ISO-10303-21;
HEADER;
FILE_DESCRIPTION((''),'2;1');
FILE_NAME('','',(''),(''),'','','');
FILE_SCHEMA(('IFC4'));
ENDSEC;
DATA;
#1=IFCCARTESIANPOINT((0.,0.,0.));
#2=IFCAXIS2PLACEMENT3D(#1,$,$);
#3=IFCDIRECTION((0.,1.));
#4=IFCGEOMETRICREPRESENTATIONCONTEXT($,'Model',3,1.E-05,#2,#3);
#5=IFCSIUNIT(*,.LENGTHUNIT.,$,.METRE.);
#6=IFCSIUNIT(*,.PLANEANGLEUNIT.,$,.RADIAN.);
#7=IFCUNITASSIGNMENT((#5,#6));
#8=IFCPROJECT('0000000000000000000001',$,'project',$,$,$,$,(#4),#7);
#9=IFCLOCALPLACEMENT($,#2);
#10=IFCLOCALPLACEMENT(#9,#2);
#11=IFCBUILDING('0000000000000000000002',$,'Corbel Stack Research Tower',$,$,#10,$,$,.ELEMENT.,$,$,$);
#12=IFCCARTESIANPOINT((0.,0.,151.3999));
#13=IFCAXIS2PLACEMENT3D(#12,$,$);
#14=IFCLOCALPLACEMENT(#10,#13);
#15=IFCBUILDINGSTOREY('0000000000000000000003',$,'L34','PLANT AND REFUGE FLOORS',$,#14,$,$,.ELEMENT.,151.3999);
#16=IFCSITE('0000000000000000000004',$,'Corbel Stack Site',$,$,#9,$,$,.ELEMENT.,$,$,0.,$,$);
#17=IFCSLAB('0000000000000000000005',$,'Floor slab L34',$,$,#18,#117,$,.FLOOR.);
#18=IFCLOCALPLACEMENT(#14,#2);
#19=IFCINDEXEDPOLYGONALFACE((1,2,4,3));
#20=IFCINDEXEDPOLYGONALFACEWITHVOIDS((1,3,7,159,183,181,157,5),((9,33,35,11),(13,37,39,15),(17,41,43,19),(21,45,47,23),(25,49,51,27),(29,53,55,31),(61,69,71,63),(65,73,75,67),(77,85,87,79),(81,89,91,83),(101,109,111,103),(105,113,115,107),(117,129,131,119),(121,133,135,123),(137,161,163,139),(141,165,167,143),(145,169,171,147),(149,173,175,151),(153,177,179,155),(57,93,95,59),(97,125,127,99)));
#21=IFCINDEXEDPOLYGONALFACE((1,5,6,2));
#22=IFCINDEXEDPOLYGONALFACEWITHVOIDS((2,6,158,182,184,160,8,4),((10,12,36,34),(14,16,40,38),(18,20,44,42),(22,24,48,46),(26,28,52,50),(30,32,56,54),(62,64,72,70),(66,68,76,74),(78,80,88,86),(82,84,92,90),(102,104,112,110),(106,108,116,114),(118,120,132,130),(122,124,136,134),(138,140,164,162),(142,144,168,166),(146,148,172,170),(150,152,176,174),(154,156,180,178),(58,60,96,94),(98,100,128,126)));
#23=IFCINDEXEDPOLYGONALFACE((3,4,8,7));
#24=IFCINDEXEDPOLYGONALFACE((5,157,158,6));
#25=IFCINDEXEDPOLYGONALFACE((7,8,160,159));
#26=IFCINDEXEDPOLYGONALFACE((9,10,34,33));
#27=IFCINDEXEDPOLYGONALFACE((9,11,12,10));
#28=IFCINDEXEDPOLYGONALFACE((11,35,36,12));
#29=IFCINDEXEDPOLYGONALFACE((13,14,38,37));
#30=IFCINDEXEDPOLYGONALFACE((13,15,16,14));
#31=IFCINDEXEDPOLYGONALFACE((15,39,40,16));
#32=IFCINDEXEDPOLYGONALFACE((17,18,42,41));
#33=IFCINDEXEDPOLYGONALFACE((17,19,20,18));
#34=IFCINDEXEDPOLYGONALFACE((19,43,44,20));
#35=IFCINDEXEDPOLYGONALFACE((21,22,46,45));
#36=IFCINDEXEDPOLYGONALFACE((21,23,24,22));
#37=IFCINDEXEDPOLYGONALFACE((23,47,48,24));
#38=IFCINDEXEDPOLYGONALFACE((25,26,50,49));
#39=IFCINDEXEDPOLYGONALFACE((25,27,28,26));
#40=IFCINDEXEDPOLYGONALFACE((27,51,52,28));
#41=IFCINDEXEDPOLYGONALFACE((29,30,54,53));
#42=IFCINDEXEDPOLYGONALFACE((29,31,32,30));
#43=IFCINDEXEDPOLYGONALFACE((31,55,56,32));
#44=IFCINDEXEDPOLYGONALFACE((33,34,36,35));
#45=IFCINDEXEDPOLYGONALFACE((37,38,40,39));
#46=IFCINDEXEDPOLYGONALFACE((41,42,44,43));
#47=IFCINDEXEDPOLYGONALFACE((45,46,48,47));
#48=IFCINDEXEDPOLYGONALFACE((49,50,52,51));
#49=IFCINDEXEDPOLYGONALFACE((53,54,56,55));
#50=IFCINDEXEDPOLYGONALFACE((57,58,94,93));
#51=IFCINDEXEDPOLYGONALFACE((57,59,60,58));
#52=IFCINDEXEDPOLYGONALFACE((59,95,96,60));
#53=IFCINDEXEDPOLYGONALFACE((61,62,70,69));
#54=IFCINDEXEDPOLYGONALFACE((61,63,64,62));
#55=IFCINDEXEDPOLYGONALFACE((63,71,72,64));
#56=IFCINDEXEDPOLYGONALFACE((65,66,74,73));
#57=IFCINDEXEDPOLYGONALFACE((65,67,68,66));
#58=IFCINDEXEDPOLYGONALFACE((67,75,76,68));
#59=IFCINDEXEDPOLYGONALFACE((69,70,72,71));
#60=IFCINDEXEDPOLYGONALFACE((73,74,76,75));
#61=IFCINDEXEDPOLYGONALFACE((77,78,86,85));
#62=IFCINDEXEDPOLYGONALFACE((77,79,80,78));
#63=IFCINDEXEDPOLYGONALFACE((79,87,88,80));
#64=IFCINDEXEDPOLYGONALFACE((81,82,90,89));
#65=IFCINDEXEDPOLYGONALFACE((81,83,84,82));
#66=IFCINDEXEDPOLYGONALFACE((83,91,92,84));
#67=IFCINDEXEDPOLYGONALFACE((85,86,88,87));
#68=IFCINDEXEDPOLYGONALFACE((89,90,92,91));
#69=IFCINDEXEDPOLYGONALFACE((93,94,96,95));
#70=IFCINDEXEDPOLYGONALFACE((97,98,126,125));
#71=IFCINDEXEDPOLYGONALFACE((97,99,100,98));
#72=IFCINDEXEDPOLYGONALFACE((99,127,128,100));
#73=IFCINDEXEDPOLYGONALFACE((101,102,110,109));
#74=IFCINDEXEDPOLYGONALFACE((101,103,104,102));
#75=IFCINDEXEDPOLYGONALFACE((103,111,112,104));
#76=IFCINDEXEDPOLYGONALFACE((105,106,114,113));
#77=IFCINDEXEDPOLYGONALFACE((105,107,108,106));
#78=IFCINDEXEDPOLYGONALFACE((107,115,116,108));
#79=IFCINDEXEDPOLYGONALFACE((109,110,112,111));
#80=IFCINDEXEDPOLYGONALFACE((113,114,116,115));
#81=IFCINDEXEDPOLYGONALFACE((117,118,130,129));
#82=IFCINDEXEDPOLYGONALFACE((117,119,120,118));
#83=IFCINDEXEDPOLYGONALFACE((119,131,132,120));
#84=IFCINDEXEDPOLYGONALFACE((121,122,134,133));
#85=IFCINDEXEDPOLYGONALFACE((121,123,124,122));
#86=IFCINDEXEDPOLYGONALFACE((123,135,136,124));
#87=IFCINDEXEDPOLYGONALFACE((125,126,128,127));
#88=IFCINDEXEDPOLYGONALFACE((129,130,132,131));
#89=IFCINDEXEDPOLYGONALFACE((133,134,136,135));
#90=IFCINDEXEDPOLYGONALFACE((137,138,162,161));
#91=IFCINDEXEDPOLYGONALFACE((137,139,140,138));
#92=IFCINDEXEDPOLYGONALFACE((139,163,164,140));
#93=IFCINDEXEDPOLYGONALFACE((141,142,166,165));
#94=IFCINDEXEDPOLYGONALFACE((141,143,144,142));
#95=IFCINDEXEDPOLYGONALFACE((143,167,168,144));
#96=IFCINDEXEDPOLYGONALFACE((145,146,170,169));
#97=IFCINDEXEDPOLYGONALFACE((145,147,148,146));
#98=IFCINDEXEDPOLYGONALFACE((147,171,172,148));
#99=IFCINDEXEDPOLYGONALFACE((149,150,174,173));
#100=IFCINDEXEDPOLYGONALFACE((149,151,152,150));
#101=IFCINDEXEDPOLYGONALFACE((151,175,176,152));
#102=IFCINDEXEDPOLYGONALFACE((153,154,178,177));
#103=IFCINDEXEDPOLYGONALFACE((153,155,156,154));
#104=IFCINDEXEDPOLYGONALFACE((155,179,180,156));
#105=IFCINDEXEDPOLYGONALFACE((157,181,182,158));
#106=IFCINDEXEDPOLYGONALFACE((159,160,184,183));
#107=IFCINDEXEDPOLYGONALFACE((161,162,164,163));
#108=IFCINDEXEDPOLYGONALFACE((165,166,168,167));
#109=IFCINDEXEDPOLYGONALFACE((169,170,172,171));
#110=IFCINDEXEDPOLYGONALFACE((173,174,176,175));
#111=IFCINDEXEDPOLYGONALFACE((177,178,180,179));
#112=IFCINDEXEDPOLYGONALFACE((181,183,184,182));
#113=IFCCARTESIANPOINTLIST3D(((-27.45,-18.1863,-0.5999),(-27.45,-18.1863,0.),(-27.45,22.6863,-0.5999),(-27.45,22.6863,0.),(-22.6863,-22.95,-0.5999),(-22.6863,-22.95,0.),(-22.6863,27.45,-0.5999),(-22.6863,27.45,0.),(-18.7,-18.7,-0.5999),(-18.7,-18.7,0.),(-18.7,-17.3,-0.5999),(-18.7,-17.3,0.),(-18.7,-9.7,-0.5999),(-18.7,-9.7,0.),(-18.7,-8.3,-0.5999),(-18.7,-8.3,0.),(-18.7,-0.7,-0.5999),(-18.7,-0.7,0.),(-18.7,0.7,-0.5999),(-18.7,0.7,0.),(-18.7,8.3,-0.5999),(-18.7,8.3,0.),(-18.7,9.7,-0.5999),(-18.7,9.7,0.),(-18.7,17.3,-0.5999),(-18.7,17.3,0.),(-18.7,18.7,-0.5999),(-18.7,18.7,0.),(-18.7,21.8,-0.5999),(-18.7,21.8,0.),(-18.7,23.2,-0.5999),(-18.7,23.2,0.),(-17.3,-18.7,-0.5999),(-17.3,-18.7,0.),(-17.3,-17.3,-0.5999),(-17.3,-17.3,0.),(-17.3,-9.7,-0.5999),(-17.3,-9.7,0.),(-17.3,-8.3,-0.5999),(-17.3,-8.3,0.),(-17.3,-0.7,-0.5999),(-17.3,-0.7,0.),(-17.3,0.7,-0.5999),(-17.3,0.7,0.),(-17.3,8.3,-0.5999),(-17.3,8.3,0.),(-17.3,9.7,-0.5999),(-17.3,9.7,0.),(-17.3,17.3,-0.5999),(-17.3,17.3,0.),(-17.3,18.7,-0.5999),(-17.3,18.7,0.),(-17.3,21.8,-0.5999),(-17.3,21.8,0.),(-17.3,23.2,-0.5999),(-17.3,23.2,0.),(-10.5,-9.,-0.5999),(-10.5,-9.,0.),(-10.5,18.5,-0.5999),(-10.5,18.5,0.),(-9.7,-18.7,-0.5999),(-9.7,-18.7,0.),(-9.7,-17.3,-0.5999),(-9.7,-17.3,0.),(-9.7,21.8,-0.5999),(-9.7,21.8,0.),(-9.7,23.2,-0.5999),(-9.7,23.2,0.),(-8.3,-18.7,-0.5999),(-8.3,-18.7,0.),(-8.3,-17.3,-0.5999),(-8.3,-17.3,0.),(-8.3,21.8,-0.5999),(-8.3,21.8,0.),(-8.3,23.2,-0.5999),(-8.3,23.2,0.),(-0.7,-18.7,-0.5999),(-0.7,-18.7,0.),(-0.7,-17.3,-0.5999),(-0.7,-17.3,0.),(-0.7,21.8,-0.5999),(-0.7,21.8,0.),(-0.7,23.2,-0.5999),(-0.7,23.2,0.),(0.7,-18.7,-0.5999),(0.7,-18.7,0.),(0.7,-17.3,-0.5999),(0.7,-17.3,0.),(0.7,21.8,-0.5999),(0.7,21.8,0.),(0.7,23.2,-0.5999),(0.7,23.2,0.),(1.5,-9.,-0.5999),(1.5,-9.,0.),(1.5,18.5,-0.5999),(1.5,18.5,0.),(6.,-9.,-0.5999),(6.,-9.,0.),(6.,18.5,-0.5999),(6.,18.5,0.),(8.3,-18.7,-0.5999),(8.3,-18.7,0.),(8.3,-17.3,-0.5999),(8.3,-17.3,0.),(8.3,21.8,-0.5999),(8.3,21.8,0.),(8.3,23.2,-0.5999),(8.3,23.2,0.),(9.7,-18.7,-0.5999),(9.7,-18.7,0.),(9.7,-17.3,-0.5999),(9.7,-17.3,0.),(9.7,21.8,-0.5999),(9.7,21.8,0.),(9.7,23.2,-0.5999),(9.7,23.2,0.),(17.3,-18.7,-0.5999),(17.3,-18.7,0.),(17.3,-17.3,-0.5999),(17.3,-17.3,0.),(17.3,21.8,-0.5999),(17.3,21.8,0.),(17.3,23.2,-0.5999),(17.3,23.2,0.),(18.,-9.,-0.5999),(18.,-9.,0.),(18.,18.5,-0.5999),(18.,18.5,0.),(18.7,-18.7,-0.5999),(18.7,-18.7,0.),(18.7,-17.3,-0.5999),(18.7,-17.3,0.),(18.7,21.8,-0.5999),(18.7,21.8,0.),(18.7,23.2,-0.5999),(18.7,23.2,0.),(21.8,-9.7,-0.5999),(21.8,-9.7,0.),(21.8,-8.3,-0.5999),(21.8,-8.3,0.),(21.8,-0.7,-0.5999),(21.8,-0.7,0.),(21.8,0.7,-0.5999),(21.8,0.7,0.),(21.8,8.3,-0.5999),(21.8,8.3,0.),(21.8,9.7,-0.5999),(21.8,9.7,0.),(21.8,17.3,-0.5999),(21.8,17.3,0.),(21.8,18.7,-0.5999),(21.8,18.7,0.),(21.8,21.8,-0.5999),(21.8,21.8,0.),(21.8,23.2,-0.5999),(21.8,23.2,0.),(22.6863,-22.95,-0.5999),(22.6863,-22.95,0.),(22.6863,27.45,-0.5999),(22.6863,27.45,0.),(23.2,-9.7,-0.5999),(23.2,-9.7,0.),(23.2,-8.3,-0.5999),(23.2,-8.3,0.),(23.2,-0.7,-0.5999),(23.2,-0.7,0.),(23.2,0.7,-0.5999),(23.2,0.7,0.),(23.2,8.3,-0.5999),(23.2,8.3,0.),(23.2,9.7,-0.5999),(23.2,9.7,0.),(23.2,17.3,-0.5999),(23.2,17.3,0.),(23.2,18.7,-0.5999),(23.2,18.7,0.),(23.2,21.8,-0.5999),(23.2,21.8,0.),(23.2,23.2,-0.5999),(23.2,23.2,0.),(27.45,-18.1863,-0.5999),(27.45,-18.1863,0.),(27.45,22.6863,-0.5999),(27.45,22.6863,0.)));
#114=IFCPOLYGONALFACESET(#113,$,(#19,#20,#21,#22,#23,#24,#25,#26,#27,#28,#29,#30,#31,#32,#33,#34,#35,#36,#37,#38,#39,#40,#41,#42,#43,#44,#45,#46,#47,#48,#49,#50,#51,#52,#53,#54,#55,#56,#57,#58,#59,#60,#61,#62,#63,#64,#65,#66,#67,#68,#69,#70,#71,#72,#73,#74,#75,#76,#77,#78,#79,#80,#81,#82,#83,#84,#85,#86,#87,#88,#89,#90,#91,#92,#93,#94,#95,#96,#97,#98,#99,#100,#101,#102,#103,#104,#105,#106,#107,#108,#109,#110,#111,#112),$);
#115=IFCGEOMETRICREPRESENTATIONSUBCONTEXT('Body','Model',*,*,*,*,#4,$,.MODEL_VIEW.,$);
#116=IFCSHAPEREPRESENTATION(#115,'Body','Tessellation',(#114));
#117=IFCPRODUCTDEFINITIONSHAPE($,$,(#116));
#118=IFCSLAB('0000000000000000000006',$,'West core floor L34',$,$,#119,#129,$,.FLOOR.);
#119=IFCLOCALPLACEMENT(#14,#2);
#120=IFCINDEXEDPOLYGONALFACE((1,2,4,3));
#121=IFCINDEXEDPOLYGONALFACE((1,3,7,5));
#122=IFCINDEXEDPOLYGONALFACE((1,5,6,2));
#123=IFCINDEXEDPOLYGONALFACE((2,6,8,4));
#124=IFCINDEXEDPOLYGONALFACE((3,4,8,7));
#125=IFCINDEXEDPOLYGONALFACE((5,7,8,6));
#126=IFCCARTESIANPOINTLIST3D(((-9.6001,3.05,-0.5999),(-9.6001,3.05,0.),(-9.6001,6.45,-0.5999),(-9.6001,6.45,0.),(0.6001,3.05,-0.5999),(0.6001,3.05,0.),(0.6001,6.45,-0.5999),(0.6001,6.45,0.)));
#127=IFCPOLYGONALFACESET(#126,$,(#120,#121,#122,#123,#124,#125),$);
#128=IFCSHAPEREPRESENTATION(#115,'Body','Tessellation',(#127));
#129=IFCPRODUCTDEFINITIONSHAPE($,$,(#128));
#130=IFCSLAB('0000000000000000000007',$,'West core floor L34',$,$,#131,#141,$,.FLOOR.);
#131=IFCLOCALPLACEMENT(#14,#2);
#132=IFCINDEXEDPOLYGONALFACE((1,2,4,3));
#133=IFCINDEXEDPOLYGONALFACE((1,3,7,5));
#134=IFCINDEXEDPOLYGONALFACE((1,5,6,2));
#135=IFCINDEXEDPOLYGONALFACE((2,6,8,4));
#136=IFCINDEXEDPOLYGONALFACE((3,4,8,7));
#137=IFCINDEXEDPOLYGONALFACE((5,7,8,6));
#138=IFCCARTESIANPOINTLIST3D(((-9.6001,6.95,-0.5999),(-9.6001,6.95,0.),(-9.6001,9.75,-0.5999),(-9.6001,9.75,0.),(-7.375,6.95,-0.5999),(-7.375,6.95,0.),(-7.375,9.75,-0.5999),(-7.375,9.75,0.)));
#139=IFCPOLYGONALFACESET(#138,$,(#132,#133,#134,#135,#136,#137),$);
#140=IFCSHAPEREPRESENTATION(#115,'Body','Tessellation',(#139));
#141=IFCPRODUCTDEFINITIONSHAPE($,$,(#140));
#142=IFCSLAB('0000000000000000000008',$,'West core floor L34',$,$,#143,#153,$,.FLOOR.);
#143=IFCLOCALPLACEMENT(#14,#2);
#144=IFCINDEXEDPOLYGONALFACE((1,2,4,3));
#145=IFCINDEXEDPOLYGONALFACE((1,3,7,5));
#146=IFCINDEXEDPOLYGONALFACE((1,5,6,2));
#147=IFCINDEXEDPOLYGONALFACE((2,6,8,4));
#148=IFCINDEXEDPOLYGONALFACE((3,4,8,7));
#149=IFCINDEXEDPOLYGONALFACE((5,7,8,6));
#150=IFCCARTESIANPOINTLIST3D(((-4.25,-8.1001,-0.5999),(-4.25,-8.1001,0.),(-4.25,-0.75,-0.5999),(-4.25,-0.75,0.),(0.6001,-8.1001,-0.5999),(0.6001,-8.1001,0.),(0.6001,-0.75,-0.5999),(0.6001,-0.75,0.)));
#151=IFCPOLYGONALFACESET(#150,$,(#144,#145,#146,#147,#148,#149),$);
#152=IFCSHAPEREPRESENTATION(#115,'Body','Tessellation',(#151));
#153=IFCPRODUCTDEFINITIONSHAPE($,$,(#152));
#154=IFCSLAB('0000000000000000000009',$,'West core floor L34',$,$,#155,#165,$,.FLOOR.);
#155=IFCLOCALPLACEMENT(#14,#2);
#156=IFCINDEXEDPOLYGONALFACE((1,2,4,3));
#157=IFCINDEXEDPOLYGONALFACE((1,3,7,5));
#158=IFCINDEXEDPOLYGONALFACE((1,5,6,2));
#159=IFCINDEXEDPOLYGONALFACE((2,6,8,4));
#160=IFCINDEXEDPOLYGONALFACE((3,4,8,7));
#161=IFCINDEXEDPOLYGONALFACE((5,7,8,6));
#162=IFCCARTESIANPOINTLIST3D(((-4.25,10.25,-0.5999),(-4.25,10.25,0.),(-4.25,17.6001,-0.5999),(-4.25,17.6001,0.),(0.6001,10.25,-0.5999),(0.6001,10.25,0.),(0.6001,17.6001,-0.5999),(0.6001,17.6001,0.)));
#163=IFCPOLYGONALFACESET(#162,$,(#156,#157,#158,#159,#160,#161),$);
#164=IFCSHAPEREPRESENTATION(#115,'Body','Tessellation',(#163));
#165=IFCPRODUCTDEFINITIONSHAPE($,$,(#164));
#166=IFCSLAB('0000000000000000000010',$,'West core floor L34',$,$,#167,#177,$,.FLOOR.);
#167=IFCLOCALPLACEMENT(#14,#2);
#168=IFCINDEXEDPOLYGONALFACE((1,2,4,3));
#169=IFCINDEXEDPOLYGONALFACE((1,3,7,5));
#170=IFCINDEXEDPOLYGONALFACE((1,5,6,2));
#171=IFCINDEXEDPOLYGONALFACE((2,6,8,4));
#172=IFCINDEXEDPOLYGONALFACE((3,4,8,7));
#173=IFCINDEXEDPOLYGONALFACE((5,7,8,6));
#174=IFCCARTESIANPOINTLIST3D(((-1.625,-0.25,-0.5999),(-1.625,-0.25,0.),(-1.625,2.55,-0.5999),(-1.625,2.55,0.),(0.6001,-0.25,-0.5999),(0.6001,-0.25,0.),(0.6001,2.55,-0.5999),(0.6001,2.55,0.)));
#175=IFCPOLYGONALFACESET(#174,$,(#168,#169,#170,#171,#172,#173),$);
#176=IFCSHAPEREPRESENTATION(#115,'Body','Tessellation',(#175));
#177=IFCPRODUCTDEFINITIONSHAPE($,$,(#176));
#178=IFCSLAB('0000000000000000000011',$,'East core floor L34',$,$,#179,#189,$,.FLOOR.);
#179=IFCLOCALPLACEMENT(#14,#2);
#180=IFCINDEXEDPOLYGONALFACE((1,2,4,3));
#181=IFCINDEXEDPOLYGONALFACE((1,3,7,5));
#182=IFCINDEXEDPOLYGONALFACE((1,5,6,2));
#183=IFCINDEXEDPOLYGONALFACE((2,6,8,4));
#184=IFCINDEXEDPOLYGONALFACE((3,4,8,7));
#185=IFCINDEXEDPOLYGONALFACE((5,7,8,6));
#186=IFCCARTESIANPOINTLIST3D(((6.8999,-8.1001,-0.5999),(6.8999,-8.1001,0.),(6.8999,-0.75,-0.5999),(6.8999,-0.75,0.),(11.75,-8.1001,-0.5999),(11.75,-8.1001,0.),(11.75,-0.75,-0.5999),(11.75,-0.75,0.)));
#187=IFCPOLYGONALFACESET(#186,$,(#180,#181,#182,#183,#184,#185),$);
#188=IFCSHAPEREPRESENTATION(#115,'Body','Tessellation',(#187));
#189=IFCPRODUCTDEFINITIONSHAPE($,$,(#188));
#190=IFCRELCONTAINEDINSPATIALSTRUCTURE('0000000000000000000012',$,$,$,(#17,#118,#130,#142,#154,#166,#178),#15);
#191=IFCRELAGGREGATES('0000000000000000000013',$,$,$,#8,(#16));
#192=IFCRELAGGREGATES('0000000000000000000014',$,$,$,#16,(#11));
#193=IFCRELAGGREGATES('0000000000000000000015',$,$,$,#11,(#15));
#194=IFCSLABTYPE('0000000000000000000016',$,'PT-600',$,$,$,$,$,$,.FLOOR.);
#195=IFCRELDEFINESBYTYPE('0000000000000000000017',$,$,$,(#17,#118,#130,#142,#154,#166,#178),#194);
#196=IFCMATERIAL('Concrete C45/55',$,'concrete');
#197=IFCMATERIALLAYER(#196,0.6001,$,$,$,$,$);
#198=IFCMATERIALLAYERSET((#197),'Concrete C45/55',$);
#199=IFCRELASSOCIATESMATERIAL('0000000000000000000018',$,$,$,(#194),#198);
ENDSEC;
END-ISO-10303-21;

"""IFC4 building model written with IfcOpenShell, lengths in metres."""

from ifc_helpers import new_model, si_unit, direction, frame, origin, place, context, subcontext, project, spatial, polyline, outline, extrude, material, layer, layer_set, type_object, element, save


model = new_model("IFC4")

# Units and contexts
model_context = context("Model", 3, precision=1e-05, world=origin(), true_north=direction((0.0, 1.0)))
body_context = subcontext(model_context, "Body", "Model", "MODEL_VIEW")
ifc_project = project(units=[si_unit("LENGTHUNIT", "METRE"), si_unit("PLANEANGLEUNIT", "RADIAN")], contexts=[model_context])

# Site, building, storey
site_placement = place(None, origin())
site = spatial("IfcSite", under=ifc_project, at=site_placement, Name="Corbel Stack Site", CompositionType="ELEMENT", RefElevation=0.0)
building_placement = place(site_placement, origin())
building = spatial("IfcBuilding", under=site, at=building_placement, Name="Corbel Stack Research Tower", CompositionType="ELEMENT")
storey_placement = place(building_placement, frame((0.0, 0.0, 151.3999)))
storey = spatial("IfcBuildingStorey", under=building, at=storey_placement, Name="L34", Description="PLANT AND REFUGE FLOORS", CompositionType="ELEMENT", Elevation=151.3999)

# Slabs
ifc_material_1 = material(Name="Concrete C45/55", Category="concrete")
ifc_layer_1 = layer(ifc_material_1, 0.6001)
ifc_layer_set_1 = layer_set([ifc_layer_1], Name="Concrete C45/55")
slab_type_1 = type_object("IfcSlabType", Name="PT-600", PredefinedType="FLOOR", material=ifc_layer_set_1)
slab_1_placement = place(storey_placement, frame((0.0, 0.0, -0.5999)))
element("IfcSlab", 1, at=slab_1_placement, inside=storey, type_object=slab_type_1, Name="Floor slab L34", PredefinedType="FLOOR", context=body_context, shape_type="SweptSolid", body=[
    extrude(outline(polyline([(-22.6863, -22.95), (22.6863, -22.95), (27.45, -18.1863), (27.45, 22.6863), (22.6863, 27.45), (-22.6863, 27.45), (-27.45, 22.6863), (-27.45, -18.1863), (-22.6863, -22.95)]), holes=[polyline([(21.8, 21.8), (21.8, 23.2), (23.2, 23.2), (23.2, 21.8), (21.8, 21.8)]), polyline([(21.8, 17.3), (21.8, 18.7), (23.2, 18.7), (23.2, 17.3), (21.8, 17.3)]), polyline([(21.8, 8.3), (21.8, 9.7), (23.2, 9.7), (23.2, 8.3), (21.8, 8.3)]), polyline([(21.8, -0.7), (21.8, 0.7), (23.2, 0.7), (23.2, -0.7), (21.8, -0.7)]), polyline([(21.8, -9.7), (21.8, -8.3), (23.2, -8.3), (23.2, -9.7), (21.8, -9.7)]), polyline([(17.3, 21.8), (17.3, 23.2), (18.7, 23.2), (18.7, 21.8), (17.3, 21.8)]), polyline([(18.7, -18.7), (17.3, -18.7), (17.3, -17.3), (18.7, -17.3), (18.7, -18.7)]), polyline([(18.0, -9.0), (6.0, -9.0), (6.0, 18.5), (18.0, 18.5), (18.0, -9.0)]), polyline([(9.7, 21.8), (8.3, 21.8), (8.3, 23.2), (9.7, 23.2), (9.7, 21.8)]), polyline([(9.7, -18.7), (8.3, -18.7), (8.3, -17.3), (9.7, -17.3), (9.7, -18.7)]), polyline([(1.5, -9.0), (-10.5, -9.0), (-10.5, 18.5), (1.5, 18.5), (1.5, -9.0)]), polyline([(0.7, 21.8), (-0.7, 21.8), (-0.7, 23.2), (0.7, 23.2), (0.7, 21.8)]), polyline([(0.7, -18.7), (-0.7, -18.7), (-0.7, -17.3), (0.7, -17.3), (0.7, -18.7)]), polyline([(-9.7, 21.8), (-9.7, 23.2), (-8.3, 23.2), (-8.3, 21.8), (-9.7, 21.8)]), polyline([(-8.3, -18.7), (-9.7, -18.7), (-9.7, -17.3), (-8.3, -17.3), (-8.3, -18.7)]), polyline([(-18.7, 21.8), (-18.7, 23.2), (-17.3, 23.2), (-17.3, 21.8), (-18.7, 21.8)]), polyline([(-17.3, 17.3), (-18.7, 17.3), (-18.7, 18.7), (-17.3, 18.7), (-17.3, 17.3)]), polyline([(-17.3, 8.3), (-18.7, 8.3), (-18.7, 9.7), (-17.3, 9.7), (-17.3, 8.3)]), polyline([(-18.7, -0.7), (-18.7, 0.7), (-17.3, 0.7), (-17.3, -0.7), (-18.7, -0.7)]), polyline([(-18.7, -9.7), (-18.7, -8.3), (-17.3, -8.3), (-17.3, -9.7), (-18.7, -9.7)]), polyline([(-17.3, -18.7), (-18.7, -18.7), (-18.7, -17.3), (-17.3, -17.3), (-17.3, -18.7)])]), origin(), (0.0, 0.0, 1.0), 0.5999),
])
slab_2_placement = place(storey_placement, frame((0.0, 0.0, -0.5999)))
element("IfcSlab", 2, at=slab_2_placement, inside=storey, type_object=slab_type_1, Name="West core floor L34", PredefinedType="FLOOR", context=body_context, shape_type="SweptSolid", body=[
    extrude(outline(polyline([(0.6001, 6.45), (-9.6001, 6.45), (-9.6001, 3.05), (0.6001, 3.05), (0.6001, 6.45)])), origin(), (0.0, 0.0, 1.0), 0.5999),
])
slab_3_placement = place(storey_placement, frame((0.0, 0.0, -0.5999)))
element("IfcSlab", 3, at=slab_3_placement, inside=storey, type_object=slab_type_1, Name="West core floor L34", PredefinedType="FLOOR", context=body_context, shape_type="SweptSolid", body=[
    extrude(outline(polyline([(-7.375, 6.95), (-7.375, 9.75), (-9.6001, 9.75), (-9.6001, 6.95), (-7.375, 6.95)])), origin(), (0.0, 0.0, 1.0), 0.5999),
])
slab_4_placement = place(storey_placement, frame((0.0, 0.0, -0.5999)))
element("IfcSlab", 4, at=slab_4_placement, inside=storey, type_object=slab_type_1, Name="West core floor L34", PredefinedType="FLOOR", context=body_context, shape_type="SweptSolid", body=[
    extrude(outline(polyline([(0.6001, -8.1001), (0.6001, -0.75), (-4.25, -0.75), (-4.25, -8.1001), (0.6001, -8.1001)])), origin(), (0.0, 0.0, 1.0), 0.5999),
])
slab_5_placement = place(storey_placement, frame((0.0, 0.0, -0.5999)))
element("IfcSlab", 5, at=slab_5_placement, inside=storey, type_object=slab_type_1, Name="West core floor L34", PredefinedType="FLOOR", context=body_context, shape_type="SweptSolid", body=[
    extrude(outline(polyline([(0.6001, 17.6001), (-4.25, 17.6001), (-4.25, 10.25), (0.6001, 10.25), (0.6001, 17.6001)])), origin(), (0.0, 0.0, 1.0), 0.5999),
])
slab_6_placement = place(storey_placement, frame((0.0, 0.0, -0.5999)))
element("IfcSlab", 6, at=slab_6_placement, inside=storey, type_object=slab_type_1, Name="West core floor L34", PredefinedType="FLOOR", context=body_context, shape_type="SweptSolid", body=[
    extrude(outline(polyline([(0.6001, 2.55), (-1.625, 2.55), (-1.625, -0.25), (0.6001, -0.25), (0.6001, 2.55)])), origin(), (0.0, 0.0, 1.0), 0.5999),
])
slab_7_placement = place(storey_placement, frame((0.0, 0.0, -0.5999)))
element("IfcSlab", 7, at=slab_7_placement, inside=storey, type_object=slab_type_1, Name="East core floor L34", PredefinedType="FLOOR", context=body_context, shape_type="SweptSolid", body=[
    extrude(outline(polyline([(11.75, -0.75), (6.8999, -0.75), (6.8999, -8.1001), (11.75, -8.1001), (11.75, -0.75)])), origin(), (0.0, 0.0, 1.0), 0.5999),
])

save(model, "model.ifc")
